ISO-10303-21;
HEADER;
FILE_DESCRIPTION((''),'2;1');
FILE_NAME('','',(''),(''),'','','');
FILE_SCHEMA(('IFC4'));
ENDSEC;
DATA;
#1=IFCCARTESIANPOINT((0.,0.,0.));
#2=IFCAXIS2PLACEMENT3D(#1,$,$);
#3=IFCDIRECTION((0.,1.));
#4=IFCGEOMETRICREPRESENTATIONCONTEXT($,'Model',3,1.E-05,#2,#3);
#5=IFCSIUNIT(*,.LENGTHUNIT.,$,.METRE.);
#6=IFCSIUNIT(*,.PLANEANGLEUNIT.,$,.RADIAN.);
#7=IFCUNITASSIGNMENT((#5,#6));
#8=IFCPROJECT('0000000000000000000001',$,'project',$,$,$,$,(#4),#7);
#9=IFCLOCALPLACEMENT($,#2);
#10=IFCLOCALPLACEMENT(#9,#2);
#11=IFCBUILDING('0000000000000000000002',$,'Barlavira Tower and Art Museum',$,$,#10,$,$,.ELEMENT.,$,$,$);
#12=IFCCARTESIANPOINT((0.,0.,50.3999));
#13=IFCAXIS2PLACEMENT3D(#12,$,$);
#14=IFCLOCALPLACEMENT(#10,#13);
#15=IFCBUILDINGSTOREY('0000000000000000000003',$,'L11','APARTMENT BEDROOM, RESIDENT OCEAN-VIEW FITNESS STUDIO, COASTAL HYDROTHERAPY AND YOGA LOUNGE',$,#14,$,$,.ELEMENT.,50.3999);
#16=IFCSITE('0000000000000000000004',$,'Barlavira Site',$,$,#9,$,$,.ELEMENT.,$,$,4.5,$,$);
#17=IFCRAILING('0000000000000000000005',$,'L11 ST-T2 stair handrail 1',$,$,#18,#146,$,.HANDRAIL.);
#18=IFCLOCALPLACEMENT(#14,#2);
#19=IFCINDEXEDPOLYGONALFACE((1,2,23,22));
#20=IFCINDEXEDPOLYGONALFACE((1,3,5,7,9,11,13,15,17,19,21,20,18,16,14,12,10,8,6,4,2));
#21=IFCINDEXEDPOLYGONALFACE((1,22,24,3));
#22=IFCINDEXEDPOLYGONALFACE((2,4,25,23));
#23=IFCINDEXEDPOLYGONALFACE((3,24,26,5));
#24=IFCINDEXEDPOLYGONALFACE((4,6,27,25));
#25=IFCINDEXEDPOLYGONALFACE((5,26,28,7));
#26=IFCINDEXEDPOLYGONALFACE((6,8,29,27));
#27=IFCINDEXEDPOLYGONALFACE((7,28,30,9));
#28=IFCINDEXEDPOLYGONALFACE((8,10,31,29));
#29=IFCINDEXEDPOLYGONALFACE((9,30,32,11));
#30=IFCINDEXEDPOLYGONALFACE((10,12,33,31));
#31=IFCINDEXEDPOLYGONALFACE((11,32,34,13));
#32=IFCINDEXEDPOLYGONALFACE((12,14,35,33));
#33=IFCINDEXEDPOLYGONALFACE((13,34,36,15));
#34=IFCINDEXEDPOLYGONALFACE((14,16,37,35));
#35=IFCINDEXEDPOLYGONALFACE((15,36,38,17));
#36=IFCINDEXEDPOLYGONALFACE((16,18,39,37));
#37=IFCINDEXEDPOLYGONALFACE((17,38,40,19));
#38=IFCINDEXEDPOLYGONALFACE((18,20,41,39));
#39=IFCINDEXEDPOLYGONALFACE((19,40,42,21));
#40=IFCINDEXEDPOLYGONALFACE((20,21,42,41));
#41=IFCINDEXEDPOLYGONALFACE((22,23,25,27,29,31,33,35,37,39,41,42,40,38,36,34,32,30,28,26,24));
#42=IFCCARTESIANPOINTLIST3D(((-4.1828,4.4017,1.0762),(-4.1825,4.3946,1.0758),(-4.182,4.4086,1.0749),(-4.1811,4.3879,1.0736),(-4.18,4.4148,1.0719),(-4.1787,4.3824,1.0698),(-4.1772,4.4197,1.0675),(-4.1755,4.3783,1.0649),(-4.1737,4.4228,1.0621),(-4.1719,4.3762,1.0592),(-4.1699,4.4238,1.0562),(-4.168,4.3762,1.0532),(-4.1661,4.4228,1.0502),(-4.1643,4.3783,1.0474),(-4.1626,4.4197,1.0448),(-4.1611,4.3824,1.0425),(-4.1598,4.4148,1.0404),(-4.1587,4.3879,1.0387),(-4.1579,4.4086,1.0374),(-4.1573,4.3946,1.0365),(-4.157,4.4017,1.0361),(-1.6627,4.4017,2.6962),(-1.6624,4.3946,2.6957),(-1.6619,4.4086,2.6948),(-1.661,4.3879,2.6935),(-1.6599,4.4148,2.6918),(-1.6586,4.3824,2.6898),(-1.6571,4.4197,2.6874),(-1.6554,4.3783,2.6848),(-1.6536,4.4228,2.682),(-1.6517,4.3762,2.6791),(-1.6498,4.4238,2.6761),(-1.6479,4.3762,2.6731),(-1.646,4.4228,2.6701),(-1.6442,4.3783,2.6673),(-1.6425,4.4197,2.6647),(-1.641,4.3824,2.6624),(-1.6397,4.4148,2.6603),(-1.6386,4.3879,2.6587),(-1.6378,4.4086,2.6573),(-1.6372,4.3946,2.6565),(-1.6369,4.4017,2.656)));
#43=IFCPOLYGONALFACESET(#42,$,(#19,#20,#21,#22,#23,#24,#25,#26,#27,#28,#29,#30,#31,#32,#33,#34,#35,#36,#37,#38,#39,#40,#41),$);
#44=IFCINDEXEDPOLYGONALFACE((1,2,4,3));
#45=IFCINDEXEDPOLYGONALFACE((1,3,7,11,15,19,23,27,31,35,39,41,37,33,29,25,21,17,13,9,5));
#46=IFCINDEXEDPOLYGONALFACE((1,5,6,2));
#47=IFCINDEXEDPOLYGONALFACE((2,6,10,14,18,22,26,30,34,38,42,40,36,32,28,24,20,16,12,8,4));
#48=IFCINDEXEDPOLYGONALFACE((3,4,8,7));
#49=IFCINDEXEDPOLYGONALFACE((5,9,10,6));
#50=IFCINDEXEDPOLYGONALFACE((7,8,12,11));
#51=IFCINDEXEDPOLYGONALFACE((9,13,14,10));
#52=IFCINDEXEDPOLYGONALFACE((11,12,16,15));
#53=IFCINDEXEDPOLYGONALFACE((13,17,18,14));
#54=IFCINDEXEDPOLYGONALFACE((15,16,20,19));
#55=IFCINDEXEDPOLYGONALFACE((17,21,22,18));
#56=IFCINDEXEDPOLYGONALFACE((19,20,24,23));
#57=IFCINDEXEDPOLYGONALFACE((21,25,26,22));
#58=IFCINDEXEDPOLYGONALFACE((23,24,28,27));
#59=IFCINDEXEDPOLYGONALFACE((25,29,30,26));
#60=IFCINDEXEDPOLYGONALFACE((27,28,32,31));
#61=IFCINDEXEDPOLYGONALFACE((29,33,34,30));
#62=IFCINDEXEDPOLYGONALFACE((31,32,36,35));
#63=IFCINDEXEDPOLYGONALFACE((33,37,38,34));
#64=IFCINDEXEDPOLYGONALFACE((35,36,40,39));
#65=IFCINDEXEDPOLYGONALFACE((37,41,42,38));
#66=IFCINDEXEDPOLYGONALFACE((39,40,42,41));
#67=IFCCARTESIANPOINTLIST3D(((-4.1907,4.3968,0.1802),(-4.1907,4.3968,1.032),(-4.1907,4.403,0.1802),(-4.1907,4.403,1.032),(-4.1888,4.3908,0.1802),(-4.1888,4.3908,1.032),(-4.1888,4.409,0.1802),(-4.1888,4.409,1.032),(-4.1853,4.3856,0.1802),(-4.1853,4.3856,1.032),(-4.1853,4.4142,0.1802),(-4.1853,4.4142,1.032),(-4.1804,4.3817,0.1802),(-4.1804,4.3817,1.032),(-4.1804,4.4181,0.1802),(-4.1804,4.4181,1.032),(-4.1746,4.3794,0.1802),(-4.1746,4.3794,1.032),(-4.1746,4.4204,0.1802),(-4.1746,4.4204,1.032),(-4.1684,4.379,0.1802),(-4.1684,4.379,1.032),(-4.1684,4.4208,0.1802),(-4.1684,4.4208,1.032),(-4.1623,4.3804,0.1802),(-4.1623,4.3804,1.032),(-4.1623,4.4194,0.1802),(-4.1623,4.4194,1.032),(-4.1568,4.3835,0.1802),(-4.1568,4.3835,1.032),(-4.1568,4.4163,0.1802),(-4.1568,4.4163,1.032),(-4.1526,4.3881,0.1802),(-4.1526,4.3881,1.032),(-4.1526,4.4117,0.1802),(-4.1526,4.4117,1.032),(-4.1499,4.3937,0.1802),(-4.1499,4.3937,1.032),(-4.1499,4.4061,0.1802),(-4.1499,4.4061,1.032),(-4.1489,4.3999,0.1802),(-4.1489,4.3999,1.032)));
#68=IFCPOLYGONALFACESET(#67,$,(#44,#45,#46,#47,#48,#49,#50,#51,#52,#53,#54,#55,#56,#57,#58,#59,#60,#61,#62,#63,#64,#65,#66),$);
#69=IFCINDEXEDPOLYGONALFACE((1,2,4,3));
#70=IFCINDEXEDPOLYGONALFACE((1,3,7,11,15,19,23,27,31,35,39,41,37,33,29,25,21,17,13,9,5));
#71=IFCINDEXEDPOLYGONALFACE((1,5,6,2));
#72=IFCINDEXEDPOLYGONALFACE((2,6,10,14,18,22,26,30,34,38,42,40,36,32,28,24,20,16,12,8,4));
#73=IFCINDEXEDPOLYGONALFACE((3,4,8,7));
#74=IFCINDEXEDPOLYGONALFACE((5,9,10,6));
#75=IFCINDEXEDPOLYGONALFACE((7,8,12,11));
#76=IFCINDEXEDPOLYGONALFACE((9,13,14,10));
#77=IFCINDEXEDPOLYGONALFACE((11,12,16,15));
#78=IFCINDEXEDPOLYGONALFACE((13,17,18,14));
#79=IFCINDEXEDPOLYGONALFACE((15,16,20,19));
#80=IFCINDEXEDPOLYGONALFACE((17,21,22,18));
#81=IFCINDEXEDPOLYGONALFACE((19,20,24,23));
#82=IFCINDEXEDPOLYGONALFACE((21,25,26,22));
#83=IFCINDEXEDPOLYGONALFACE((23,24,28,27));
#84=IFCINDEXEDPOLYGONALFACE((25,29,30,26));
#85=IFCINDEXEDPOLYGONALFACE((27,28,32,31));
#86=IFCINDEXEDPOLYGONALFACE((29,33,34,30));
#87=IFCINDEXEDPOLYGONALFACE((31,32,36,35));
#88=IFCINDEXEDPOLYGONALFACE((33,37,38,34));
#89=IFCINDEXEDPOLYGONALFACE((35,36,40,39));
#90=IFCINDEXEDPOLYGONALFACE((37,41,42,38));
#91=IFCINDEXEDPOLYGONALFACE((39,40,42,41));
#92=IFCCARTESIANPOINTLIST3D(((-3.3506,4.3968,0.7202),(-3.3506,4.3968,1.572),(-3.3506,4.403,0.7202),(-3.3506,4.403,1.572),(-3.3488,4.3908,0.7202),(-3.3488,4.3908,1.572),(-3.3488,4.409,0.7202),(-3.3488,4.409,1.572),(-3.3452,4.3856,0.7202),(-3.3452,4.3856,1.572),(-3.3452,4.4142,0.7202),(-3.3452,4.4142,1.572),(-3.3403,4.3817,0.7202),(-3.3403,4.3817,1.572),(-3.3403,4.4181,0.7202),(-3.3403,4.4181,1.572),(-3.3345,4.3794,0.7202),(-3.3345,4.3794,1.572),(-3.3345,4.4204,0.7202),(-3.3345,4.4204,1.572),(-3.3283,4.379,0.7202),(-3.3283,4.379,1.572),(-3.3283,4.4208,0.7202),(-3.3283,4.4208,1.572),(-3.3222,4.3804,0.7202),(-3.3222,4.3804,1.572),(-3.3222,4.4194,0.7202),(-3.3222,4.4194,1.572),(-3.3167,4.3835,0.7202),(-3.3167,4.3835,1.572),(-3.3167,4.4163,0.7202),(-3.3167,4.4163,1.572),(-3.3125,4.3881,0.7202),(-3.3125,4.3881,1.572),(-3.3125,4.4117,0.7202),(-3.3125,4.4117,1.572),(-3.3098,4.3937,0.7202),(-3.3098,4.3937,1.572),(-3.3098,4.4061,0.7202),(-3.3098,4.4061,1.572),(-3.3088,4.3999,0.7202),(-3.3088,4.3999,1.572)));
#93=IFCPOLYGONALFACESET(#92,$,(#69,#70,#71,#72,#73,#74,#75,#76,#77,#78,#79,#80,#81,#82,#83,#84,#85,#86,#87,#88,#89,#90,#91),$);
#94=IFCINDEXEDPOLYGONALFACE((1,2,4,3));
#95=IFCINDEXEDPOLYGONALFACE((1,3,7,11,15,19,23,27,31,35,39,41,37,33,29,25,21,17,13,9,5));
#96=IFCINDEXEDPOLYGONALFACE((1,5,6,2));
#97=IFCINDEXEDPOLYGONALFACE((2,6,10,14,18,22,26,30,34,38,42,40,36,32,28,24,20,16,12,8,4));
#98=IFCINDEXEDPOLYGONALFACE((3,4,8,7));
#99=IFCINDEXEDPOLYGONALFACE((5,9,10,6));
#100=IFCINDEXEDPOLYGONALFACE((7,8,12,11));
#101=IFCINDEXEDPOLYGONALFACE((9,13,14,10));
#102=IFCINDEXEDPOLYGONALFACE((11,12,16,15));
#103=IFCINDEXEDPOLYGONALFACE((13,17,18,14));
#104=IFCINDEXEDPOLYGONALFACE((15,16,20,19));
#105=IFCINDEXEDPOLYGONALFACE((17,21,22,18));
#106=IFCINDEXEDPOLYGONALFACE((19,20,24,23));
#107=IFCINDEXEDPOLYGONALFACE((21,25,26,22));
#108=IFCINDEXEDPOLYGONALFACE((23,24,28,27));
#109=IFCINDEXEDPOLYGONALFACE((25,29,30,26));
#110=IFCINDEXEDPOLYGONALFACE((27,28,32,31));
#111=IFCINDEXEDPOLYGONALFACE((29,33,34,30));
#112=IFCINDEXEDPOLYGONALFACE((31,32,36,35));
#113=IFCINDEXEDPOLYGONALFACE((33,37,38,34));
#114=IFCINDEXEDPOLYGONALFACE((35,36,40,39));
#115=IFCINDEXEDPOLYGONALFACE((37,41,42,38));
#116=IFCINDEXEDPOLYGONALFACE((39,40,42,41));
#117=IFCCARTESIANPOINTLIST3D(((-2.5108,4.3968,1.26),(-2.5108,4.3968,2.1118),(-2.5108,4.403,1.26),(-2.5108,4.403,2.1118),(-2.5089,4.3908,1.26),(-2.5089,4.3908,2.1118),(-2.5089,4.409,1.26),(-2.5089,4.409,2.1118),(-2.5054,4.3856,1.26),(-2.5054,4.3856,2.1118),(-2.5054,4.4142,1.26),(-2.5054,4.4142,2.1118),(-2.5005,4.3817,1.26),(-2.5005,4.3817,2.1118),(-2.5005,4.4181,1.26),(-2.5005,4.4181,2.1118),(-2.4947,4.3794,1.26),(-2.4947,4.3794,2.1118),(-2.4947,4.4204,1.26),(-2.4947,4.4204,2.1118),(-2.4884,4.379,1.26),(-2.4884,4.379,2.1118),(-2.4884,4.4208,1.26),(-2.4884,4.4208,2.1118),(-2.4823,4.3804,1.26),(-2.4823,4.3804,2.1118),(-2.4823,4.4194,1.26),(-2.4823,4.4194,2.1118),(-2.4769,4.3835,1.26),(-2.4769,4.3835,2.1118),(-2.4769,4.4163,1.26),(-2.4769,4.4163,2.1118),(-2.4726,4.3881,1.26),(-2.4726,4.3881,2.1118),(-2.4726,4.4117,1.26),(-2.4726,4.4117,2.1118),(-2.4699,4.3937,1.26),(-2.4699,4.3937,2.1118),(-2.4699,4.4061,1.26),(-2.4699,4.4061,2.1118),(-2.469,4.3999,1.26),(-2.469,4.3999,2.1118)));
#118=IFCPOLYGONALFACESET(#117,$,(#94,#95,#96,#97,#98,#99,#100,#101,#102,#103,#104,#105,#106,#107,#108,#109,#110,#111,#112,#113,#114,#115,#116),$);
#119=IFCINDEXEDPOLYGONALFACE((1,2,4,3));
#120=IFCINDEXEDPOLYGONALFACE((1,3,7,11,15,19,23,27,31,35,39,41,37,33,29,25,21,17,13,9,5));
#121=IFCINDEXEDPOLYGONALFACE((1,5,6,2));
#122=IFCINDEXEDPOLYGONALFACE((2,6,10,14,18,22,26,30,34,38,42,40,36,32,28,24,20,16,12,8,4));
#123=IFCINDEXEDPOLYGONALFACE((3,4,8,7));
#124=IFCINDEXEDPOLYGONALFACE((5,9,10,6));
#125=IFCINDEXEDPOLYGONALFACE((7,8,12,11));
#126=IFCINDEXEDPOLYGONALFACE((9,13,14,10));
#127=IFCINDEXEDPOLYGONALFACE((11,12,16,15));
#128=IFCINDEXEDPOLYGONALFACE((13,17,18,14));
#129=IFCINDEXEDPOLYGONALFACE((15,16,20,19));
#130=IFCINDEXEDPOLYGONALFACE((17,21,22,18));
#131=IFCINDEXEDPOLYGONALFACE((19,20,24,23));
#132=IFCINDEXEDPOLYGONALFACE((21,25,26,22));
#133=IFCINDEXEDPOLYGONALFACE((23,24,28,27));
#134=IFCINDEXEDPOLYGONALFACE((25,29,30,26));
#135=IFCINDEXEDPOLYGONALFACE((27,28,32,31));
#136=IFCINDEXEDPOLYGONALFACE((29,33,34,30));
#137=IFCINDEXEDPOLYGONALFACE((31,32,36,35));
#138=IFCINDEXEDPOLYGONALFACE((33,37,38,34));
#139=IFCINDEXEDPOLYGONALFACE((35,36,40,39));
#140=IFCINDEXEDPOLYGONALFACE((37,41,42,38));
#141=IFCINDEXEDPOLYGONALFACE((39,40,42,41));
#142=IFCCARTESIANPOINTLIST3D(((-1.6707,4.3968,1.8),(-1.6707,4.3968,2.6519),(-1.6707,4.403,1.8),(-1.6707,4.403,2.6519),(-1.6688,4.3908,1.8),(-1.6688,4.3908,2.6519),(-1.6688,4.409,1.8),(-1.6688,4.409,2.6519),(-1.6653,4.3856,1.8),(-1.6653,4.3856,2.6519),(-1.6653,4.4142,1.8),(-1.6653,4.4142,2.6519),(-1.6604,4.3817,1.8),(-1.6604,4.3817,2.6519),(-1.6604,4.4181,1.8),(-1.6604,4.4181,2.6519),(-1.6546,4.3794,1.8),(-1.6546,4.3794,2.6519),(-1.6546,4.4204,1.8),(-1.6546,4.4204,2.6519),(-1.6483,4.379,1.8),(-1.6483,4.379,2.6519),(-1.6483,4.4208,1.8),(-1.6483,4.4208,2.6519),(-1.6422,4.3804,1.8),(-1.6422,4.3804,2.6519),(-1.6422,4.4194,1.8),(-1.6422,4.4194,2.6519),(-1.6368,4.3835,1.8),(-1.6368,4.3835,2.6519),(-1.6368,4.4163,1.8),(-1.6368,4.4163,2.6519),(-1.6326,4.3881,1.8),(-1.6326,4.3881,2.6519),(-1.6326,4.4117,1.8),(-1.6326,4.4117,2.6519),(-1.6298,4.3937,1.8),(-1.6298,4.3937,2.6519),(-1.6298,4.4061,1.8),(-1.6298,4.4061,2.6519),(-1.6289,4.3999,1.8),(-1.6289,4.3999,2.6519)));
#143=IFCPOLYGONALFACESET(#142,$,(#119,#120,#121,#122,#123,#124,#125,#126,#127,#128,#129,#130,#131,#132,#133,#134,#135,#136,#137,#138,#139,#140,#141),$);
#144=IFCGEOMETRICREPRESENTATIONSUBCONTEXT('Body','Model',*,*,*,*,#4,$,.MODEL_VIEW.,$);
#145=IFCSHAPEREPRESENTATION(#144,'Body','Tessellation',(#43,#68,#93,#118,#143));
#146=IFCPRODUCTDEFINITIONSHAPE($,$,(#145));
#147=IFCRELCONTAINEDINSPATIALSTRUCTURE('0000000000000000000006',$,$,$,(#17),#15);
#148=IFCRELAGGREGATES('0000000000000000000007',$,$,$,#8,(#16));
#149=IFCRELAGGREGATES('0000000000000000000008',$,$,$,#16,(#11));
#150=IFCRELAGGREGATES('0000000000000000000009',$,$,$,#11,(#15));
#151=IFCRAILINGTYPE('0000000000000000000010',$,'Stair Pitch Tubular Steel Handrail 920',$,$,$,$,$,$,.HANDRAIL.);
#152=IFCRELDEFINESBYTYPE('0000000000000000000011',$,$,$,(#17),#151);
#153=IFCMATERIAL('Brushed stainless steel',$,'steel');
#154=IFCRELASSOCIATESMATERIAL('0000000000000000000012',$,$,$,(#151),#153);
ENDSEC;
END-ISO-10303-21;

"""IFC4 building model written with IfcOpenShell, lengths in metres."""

from ifc_helpers import new_model, si_unit, direction, frame, origin, origin_2d, place, context, subcontext, project, spatial, circle, extrude, material, type_object, element, save


model = new_model("IFC4")

# Units and contexts
model_context = context("Model", 3, precision=1e-05, world=origin(), true_north=direction((0.0, 1.0)))
body_context = subcontext(model_context, "Body", "Model", "MODEL_VIEW")
ifc_project = project(units=[si_unit("LENGTHUNIT", "METRE"), si_unit("PLANEANGLEUNIT", "RADIAN")], contexts=[model_context])

# Site, building, storey
site_placement = place(None, origin())
site = spatial("IfcSite", under=ifc_project, at=site_placement, Name="Barlavira Site", CompositionType="ELEMENT", RefElevation=4.5)
building_placement = place(site_placement, origin())
building = spatial("IfcBuilding", under=site, at=building_placement, Name="Barlavira Tower and Art Museum", CompositionType="ELEMENT")
storey_placement = place(building_placement, frame((0.0, 0.0, 50.3999)))
storey = spatial("IfcBuildingStorey", under=building, at=storey_placement, Name="L11", Description="APARTMENT BEDROOM, RESIDENT OCEAN-VIEW FITNESS STUDIO, COASTAL HYDROTHERAPY AND YOGA LOUNGE", CompositionType="ELEMENT", Elevation=50.3999)

# Shared definitions
ifc_material_1 = material(Name="Brushed stainless steel", Category="steel")

# Railing
railing_type_1 = type_object("IfcRailingType", Name="Stair Pitch Tubular Steel Handrail 920", PredefinedType="HANDRAIL", material=ifc_material_1)
railing_1_placement = place(storey_placement, frame((-4.1699, 4.3999, 0.1802)))
element("IfcRailing", 1, at=railing_1_placement, inside=storey, type_object=railing_type_1, Name="L11 ST-T2 stair handrail 1", PredefinedType="HANDRAIL", context=body_context, shape_type="SweptSolid", body=[
    extrude(circle(Radius=0.0239, at=origin_2d()), frame((0.0, 0.0, 0.876), z_axis=(0.8412, 0.0, 0.540725), x_axis=(0.0, 1.0, 0.0)), (0.0, 0.0, 1.0), 2.9958),
    extrude(circle(Radius=0.021, at=origin_2d()), origin(), (0.0, 0.0, 1.0), 0.8518),
    extrude(circle(Radius=0.021, at=origin_2d()), frame((0.8401, 0.0, 0.54)), (0.0, 0.0, 1.0), 0.8518),
    extrude(circle(Radius=0.021, at=origin_2d()), frame((1.6799, 0.0, 1.0798)), (0.0, 0.0, 1.0), 0.8518),
    extrude(circle(Radius=0.021, at=origin_2d()), frame((2.52, 0.0, 1.6199)), (0.0, 0.0, 1.0), 0.8518),
])

save(model, "model.ifc")
